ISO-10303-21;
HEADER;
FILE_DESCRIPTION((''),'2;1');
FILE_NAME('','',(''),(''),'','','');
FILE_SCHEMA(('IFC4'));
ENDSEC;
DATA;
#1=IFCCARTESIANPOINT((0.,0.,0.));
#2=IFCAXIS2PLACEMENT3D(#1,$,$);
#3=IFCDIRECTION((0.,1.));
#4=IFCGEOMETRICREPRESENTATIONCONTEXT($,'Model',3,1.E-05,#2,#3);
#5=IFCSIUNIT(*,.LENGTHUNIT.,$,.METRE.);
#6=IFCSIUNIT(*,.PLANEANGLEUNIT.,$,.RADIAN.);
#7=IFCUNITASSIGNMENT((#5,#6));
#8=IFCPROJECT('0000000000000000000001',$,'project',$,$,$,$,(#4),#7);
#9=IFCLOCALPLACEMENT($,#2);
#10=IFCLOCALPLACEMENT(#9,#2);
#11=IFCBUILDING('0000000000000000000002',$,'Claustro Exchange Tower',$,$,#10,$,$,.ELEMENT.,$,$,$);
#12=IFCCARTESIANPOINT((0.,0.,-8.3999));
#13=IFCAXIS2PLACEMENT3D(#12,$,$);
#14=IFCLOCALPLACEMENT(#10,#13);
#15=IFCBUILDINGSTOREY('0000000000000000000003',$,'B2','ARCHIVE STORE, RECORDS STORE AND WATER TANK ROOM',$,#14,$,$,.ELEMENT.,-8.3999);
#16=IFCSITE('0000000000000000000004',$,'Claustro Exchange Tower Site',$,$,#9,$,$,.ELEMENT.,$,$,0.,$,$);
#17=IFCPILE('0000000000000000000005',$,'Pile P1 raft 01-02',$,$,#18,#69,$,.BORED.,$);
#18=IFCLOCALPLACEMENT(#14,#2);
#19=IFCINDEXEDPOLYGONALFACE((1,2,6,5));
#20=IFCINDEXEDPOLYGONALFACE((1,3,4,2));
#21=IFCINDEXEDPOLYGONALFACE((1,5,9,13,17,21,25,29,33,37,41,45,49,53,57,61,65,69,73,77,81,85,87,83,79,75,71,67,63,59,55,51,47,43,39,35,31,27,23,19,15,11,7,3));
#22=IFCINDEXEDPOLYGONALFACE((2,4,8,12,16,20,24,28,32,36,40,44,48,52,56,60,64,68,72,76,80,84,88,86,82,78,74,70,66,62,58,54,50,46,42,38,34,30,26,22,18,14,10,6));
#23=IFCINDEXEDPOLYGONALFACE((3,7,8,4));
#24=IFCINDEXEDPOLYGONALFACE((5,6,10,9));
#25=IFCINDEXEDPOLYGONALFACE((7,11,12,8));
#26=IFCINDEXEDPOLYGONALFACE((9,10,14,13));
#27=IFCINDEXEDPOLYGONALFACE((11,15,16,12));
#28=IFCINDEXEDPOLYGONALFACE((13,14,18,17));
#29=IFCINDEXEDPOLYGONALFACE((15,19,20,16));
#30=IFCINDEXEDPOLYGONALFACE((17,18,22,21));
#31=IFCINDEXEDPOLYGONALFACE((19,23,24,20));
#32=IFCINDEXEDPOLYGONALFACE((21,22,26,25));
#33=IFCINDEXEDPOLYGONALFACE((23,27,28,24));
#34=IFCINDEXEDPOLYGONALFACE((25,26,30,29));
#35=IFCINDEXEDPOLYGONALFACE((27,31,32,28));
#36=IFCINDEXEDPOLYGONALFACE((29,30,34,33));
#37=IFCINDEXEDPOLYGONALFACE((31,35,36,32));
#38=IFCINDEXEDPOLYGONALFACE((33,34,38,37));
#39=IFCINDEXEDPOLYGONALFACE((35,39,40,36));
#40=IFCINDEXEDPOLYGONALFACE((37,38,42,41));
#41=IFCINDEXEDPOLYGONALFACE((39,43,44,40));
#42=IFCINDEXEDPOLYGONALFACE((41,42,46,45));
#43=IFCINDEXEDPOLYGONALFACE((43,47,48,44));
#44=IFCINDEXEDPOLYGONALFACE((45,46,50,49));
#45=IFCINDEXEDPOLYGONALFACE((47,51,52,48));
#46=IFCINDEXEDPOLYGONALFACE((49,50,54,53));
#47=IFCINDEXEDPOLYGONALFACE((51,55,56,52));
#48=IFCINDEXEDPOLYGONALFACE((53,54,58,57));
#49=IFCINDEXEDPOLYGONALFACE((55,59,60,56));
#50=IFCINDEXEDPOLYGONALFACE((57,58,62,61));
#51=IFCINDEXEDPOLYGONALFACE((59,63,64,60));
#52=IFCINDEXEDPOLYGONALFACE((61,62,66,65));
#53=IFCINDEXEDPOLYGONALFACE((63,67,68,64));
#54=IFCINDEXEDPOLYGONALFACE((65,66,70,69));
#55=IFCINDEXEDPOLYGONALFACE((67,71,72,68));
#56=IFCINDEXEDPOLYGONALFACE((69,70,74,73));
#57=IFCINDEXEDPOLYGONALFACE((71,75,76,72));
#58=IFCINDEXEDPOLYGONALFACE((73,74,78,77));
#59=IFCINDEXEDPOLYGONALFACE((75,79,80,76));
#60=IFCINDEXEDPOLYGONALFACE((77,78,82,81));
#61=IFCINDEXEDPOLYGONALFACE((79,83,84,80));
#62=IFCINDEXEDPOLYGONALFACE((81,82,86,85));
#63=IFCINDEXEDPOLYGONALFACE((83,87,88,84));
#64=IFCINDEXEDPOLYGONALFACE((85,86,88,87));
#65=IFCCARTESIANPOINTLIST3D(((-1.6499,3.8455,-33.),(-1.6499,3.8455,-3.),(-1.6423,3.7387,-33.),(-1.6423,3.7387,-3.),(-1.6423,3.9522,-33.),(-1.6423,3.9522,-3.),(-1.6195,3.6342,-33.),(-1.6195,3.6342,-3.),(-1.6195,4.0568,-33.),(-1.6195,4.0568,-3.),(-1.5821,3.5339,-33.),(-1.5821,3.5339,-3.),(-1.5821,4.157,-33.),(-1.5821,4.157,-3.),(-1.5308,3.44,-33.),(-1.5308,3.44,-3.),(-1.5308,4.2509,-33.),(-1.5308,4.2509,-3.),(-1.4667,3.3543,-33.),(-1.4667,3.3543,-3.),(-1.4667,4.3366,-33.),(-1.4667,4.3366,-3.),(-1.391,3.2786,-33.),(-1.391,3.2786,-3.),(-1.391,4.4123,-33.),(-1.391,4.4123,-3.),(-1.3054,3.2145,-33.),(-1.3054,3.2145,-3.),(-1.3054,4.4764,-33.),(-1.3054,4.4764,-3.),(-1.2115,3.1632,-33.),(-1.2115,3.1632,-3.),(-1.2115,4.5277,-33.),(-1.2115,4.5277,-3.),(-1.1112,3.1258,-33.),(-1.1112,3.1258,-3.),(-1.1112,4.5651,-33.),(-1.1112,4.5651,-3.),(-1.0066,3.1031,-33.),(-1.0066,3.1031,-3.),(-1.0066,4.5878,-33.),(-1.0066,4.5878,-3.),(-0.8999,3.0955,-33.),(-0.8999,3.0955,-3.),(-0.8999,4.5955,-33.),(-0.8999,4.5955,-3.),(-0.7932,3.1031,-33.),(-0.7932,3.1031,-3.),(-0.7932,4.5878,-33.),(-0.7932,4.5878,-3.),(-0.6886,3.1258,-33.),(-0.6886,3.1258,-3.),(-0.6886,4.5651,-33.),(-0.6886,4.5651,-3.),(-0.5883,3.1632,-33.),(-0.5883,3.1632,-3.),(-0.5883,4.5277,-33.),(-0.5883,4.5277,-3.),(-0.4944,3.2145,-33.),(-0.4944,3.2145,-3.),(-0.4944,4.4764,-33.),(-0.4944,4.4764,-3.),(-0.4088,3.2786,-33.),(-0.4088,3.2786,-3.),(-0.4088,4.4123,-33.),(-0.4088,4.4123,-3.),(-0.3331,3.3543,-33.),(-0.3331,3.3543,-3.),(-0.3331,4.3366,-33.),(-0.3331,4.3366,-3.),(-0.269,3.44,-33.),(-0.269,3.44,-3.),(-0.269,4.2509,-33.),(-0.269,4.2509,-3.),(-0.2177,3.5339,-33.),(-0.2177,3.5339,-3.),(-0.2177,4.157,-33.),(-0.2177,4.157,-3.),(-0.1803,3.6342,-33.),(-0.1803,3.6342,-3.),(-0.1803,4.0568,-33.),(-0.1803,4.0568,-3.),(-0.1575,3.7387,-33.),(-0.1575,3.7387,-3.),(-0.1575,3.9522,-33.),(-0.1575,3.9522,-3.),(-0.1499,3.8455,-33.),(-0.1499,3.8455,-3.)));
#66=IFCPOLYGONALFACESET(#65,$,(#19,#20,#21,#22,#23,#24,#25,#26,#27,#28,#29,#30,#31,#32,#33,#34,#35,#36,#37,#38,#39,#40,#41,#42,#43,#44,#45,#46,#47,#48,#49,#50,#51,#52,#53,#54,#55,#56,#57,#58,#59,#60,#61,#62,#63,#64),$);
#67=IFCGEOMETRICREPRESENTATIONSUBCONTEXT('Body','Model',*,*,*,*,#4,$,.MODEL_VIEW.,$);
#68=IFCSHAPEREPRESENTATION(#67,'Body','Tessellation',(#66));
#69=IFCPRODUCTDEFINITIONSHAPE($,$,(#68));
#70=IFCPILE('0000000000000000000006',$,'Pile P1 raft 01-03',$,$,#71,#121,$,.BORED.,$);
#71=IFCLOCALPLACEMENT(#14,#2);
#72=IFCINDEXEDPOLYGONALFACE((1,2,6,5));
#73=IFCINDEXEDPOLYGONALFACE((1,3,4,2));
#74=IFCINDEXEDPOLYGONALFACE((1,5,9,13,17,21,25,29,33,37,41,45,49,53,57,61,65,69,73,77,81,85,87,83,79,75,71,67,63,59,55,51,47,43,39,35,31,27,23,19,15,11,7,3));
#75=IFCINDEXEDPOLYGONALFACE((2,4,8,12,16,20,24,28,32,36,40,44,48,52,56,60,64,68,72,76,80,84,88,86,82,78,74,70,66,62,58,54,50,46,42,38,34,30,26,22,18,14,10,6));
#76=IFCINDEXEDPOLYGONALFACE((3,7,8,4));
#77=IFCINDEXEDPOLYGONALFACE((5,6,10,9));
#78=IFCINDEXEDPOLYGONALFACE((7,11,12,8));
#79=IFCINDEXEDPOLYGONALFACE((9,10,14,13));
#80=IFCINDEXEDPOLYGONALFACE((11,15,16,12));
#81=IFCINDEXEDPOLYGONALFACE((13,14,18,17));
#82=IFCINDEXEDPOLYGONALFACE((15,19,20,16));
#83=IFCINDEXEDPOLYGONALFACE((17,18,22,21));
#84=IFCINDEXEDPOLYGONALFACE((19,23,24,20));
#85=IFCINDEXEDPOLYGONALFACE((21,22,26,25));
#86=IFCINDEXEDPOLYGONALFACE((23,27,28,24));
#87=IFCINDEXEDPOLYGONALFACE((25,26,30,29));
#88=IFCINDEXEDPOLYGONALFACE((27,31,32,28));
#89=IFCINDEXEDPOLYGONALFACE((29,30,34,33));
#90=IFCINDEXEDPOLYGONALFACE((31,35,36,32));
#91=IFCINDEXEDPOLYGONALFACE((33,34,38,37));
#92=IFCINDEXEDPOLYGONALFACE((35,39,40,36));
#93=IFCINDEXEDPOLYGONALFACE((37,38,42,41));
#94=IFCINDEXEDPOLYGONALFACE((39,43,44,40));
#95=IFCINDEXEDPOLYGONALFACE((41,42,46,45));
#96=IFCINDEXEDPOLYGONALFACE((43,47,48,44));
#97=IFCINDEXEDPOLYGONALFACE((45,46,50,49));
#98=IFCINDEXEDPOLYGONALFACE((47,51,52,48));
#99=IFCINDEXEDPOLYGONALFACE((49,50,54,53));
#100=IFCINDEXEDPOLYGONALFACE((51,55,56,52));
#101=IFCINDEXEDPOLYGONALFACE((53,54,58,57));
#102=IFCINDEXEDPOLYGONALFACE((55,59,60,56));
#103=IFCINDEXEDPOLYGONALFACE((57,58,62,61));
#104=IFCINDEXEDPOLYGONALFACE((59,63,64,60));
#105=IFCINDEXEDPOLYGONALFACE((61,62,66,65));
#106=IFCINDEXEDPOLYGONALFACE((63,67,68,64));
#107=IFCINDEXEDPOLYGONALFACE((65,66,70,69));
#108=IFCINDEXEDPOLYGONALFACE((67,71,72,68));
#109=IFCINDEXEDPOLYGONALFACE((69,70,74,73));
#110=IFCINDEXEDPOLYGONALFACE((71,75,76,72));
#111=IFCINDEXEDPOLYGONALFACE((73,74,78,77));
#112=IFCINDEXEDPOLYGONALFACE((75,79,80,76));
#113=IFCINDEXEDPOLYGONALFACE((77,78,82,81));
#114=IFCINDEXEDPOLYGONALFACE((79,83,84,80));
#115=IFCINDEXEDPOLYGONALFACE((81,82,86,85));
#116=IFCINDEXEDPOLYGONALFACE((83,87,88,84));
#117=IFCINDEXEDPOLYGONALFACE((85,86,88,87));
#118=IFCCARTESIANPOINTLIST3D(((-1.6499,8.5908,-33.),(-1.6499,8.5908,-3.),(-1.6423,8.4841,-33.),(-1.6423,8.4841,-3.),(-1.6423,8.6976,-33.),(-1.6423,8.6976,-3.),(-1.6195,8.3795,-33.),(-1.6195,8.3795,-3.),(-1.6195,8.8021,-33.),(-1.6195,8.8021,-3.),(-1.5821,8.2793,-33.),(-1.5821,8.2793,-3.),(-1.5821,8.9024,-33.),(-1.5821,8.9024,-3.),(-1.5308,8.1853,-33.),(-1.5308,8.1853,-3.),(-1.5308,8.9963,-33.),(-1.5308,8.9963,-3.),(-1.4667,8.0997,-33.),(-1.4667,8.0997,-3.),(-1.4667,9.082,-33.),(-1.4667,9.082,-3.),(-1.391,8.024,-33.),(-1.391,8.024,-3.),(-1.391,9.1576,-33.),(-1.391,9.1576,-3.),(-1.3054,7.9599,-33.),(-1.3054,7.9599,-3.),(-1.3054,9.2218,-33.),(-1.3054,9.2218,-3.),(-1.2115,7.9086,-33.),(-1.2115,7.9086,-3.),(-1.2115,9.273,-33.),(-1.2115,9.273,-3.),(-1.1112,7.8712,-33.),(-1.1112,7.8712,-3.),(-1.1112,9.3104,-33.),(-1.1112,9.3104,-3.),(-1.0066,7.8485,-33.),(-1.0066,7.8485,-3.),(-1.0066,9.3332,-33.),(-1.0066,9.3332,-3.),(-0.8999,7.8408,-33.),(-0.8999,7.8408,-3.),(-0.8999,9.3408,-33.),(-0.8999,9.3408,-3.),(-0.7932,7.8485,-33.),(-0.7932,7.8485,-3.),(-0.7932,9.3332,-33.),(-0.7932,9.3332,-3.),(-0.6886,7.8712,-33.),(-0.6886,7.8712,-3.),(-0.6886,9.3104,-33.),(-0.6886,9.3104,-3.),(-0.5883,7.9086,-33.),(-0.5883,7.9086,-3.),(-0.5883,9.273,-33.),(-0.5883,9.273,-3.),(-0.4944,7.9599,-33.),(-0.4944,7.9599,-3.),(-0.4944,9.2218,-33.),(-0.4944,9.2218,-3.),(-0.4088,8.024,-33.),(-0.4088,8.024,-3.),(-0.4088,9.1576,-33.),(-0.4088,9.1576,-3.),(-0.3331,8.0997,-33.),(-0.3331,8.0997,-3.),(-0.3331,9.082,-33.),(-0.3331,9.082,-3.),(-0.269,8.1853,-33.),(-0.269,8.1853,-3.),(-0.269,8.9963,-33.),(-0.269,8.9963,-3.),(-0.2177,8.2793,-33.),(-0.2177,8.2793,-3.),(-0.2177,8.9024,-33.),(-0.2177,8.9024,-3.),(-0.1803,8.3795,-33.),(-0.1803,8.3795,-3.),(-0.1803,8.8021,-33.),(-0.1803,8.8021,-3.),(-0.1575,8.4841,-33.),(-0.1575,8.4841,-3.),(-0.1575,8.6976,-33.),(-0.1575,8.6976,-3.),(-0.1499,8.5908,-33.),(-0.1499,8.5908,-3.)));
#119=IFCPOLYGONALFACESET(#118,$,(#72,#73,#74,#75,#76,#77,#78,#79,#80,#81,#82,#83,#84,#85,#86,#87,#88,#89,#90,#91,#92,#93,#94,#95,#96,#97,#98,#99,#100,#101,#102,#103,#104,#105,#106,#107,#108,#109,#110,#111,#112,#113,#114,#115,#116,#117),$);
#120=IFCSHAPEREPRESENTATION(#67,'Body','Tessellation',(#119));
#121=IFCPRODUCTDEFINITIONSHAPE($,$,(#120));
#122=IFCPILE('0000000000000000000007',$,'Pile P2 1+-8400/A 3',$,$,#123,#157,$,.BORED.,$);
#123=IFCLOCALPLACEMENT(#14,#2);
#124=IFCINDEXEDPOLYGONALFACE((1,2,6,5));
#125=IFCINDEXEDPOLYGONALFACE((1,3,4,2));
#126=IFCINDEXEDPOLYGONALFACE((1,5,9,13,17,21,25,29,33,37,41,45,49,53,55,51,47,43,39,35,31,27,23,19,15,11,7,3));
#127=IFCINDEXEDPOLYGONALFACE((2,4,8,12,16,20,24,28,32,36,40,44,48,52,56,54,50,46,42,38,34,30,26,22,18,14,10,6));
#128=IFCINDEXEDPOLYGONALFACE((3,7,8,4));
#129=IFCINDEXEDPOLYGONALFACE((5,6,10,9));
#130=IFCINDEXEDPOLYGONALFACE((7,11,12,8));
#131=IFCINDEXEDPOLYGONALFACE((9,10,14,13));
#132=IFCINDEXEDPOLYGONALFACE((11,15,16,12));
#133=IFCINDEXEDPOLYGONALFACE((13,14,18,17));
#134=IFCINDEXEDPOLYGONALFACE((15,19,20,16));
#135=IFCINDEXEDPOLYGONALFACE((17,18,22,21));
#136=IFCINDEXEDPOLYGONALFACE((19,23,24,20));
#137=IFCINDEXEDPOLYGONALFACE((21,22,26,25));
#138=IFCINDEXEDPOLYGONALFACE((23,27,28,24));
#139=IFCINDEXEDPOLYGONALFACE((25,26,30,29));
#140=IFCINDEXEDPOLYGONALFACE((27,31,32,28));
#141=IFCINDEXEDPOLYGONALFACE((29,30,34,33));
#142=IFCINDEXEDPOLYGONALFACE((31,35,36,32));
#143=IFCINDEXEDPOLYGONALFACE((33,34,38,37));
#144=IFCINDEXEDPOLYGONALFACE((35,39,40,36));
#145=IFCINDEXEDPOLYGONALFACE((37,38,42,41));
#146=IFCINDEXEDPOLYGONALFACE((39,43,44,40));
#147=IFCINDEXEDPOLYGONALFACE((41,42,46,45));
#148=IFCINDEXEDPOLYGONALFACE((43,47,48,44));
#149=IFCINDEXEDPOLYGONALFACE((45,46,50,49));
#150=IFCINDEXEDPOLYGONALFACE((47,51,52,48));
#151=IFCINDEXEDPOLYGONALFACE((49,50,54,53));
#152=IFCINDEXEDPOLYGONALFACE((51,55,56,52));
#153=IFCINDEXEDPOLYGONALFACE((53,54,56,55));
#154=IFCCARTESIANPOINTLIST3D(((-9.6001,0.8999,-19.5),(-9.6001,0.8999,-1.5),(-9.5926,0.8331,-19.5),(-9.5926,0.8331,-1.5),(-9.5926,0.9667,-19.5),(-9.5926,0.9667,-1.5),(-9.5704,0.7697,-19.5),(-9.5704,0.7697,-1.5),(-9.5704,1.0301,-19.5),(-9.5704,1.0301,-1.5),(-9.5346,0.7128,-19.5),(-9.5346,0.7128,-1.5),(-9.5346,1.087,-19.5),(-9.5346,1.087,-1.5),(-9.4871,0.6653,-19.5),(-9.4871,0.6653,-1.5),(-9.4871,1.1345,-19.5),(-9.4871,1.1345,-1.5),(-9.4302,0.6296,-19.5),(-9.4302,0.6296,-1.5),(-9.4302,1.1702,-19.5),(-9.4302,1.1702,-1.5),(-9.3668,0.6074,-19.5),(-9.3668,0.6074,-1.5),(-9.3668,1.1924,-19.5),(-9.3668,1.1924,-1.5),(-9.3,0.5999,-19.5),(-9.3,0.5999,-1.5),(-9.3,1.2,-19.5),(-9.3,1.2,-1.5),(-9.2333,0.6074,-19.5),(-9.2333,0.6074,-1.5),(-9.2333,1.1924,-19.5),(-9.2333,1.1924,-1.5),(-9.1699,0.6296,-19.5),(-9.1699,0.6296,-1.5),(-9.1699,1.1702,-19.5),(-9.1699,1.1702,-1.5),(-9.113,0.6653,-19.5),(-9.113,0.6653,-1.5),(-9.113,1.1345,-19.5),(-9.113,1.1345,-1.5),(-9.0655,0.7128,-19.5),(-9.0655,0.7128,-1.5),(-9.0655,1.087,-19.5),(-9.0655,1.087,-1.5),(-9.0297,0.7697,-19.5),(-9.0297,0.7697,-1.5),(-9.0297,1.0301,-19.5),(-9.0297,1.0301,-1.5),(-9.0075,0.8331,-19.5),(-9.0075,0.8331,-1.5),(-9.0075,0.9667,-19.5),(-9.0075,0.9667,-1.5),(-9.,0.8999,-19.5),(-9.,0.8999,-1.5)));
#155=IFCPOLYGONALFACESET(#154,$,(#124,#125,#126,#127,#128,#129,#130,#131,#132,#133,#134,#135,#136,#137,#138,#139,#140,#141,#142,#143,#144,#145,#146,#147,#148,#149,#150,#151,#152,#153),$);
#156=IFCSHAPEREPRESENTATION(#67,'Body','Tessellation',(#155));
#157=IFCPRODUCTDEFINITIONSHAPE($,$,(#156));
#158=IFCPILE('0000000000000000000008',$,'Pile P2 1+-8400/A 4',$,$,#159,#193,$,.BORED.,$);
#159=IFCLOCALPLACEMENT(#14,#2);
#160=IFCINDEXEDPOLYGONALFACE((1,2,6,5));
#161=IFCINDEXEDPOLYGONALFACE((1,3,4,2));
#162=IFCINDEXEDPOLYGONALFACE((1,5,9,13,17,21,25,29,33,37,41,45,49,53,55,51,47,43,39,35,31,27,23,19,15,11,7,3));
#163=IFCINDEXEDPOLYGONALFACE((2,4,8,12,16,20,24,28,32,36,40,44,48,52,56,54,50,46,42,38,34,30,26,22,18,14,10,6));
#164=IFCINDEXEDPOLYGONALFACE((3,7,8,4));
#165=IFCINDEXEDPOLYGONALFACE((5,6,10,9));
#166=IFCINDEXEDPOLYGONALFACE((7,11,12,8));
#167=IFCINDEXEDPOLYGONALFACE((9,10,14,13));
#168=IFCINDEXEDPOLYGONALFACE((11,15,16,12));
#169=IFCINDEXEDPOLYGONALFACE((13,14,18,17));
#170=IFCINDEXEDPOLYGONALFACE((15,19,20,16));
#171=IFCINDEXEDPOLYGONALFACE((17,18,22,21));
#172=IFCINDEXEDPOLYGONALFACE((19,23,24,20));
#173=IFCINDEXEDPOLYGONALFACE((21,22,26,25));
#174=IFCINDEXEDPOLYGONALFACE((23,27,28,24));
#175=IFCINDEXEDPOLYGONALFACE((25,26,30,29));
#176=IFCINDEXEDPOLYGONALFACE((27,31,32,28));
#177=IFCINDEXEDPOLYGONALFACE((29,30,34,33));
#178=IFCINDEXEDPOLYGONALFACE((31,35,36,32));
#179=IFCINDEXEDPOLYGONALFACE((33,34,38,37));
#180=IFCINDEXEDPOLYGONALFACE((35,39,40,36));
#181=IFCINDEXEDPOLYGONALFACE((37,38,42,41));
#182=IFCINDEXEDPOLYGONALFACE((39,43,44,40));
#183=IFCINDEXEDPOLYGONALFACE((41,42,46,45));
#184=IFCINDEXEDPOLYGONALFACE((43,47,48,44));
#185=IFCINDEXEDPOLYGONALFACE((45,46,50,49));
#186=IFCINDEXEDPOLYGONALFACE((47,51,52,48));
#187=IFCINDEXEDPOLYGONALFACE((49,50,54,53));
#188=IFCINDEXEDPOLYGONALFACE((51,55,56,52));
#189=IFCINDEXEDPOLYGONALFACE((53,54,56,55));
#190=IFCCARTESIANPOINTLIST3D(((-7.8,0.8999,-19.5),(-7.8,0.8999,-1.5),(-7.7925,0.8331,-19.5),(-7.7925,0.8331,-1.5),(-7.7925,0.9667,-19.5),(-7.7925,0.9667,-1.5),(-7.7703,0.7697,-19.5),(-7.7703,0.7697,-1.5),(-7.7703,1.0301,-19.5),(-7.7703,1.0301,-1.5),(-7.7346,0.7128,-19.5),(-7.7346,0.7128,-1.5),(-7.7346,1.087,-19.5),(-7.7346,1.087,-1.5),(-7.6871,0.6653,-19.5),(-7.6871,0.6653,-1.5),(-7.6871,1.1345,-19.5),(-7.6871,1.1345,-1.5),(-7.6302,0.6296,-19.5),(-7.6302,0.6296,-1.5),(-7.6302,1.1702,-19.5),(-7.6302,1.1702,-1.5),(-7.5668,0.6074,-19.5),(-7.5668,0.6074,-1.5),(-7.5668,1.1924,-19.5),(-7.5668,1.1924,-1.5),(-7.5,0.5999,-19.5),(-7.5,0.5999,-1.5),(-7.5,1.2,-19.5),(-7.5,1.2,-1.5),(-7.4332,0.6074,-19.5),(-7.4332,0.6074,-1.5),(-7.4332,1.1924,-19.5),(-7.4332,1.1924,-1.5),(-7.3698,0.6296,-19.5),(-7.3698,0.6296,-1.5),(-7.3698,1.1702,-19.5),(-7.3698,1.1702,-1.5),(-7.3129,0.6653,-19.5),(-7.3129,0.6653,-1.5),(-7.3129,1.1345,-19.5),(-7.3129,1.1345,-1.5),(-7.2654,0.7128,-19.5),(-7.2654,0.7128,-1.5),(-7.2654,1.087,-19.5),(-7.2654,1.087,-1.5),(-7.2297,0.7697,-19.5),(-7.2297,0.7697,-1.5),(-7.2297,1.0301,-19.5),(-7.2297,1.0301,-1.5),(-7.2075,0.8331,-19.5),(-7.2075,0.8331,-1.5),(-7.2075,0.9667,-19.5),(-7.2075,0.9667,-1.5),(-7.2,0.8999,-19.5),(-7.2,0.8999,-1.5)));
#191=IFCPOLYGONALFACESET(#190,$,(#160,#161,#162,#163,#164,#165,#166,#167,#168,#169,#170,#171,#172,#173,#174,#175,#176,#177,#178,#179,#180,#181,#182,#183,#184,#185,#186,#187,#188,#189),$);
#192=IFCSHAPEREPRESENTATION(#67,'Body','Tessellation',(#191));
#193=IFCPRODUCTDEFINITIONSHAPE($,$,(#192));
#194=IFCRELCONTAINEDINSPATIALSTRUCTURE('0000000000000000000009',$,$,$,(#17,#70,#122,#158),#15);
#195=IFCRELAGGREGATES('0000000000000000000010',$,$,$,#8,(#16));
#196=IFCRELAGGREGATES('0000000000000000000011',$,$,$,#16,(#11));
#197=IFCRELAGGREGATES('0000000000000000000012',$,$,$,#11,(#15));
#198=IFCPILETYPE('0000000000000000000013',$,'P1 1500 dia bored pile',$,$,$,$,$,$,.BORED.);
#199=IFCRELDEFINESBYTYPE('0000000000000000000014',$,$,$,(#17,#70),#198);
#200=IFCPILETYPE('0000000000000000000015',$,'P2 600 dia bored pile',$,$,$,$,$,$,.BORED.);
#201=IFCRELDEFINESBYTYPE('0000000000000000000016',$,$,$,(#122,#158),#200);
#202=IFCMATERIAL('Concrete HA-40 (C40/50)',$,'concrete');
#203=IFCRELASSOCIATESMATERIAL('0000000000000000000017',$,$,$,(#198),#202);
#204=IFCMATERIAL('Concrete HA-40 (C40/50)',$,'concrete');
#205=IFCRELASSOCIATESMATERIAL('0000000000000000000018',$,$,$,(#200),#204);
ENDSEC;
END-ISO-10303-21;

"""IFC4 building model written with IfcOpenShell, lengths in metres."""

from ifc_helpers import new_model, si_unit, direction, frame, origin, origin_2d, place, context, subcontext, project, spatial, circle, extrude, material, type_object, element, save


model = new_model("IFC4")

# Units and contexts
model_context = context("Model", 3, precision=1e-05, world=origin(), true_north=direction((0.0, 1.0)))
body_context = subcontext(model_context, "Body", "Model", "MODEL_VIEW")
ifc_project = project(units=[si_unit("LENGTHUNIT", "METRE"), si_unit("PLANEANGLEUNIT", "RADIAN")], contexts=[model_context])

# Site, building, storey
site_placement = place(None, origin())
site = spatial("IfcSite", under=ifc_project, at=site_placement, Name="Claustro Exchange Tower Site", CompositionType="ELEMENT", RefElevation=0.0)
building_placement = place(site_placement, origin())
building = spatial("IfcBuilding", under=site, at=building_placement, Name="Claustro Exchange Tower", CompositionType="ELEMENT")
storey_placement = place(building_placement, frame((0.0, 0.0, -8.3999)))
storey = spatial("IfcBuildingStorey", under=building, at=storey_placement, Name="B2", Description="ARCHIVE STORE, RECORDS STORE AND WATER TANK ROOM", CompositionType="ELEMENT", Elevation=-8.3999)

# Piles
ifc_material_1 = material(Name="Concrete HA-40 (C40/50)", Category="concrete")
pile_type_1 = type_object("IfcPileType", Name="P1 1500 dia bored pile", PredefinedType="BORED", material=ifc_material_1)
for number, where, z_axis, x_axis, name in (
    (1, (-0.8999, 3.8455, -3.0), (0.0, 0.0, -1.0), (1.0, 0.0, 0.0), "Pile P1 raft 01-02"),
    (2, (-0.8999, 8.5908, -3.0), (0.0, 0.0, -1.0), (1.0, 0.0, 0.0), "Pile P1 raft 01-03"),
):
    element("IfcPile", number, at=place(storey_placement, frame(where, z_axis=z_axis, x_axis=x_axis)), inside=storey, type_object=pile_type_1, Name=name, PredefinedType="BORED", context=body_context, shape_type="SweptSolid", body=[
        extrude(circle(Radius=0.75, at=origin_2d()), origin(), (0.0, 0.0, 1.0), 30.0),
    ])
ifc_material_2 = material(Name="Concrete HA-40 (C40/50)", Category="concrete")
pile_type_2 = type_object("IfcPileType", Name="P2 600 dia bored pile", PredefinedType="BORED", material=ifc_material_2)
for number, where, z_axis, x_axis, name in (
    (3, (-9.3, 0.8999, -1.5), (0.0, 0.0, -1.0), (1.0, 0.0, 0.0), "Pile P2 1+-8400/A 3"),
    (4, (-7.5, 0.8999, -1.5), (0.0, 0.0, -1.0), (1.0, 0.0, 0.0), "Pile P2 1+-8400/A 4"),
):
    element("IfcPile", number, at=place(storey_placement, frame(where, z_axis=z_axis, x_axis=x_axis)), inside=storey, type_object=pile_type_2, Name=name, PredefinedType="BORED", context=body_context, shape_type="SweptSolid", body=[
        extrude(circle(Radius=0.3, at=origin_2d()), origin(), (0.0, 0.0, 1.0), 18.0),
    ])

save(model, "model.ifc")
